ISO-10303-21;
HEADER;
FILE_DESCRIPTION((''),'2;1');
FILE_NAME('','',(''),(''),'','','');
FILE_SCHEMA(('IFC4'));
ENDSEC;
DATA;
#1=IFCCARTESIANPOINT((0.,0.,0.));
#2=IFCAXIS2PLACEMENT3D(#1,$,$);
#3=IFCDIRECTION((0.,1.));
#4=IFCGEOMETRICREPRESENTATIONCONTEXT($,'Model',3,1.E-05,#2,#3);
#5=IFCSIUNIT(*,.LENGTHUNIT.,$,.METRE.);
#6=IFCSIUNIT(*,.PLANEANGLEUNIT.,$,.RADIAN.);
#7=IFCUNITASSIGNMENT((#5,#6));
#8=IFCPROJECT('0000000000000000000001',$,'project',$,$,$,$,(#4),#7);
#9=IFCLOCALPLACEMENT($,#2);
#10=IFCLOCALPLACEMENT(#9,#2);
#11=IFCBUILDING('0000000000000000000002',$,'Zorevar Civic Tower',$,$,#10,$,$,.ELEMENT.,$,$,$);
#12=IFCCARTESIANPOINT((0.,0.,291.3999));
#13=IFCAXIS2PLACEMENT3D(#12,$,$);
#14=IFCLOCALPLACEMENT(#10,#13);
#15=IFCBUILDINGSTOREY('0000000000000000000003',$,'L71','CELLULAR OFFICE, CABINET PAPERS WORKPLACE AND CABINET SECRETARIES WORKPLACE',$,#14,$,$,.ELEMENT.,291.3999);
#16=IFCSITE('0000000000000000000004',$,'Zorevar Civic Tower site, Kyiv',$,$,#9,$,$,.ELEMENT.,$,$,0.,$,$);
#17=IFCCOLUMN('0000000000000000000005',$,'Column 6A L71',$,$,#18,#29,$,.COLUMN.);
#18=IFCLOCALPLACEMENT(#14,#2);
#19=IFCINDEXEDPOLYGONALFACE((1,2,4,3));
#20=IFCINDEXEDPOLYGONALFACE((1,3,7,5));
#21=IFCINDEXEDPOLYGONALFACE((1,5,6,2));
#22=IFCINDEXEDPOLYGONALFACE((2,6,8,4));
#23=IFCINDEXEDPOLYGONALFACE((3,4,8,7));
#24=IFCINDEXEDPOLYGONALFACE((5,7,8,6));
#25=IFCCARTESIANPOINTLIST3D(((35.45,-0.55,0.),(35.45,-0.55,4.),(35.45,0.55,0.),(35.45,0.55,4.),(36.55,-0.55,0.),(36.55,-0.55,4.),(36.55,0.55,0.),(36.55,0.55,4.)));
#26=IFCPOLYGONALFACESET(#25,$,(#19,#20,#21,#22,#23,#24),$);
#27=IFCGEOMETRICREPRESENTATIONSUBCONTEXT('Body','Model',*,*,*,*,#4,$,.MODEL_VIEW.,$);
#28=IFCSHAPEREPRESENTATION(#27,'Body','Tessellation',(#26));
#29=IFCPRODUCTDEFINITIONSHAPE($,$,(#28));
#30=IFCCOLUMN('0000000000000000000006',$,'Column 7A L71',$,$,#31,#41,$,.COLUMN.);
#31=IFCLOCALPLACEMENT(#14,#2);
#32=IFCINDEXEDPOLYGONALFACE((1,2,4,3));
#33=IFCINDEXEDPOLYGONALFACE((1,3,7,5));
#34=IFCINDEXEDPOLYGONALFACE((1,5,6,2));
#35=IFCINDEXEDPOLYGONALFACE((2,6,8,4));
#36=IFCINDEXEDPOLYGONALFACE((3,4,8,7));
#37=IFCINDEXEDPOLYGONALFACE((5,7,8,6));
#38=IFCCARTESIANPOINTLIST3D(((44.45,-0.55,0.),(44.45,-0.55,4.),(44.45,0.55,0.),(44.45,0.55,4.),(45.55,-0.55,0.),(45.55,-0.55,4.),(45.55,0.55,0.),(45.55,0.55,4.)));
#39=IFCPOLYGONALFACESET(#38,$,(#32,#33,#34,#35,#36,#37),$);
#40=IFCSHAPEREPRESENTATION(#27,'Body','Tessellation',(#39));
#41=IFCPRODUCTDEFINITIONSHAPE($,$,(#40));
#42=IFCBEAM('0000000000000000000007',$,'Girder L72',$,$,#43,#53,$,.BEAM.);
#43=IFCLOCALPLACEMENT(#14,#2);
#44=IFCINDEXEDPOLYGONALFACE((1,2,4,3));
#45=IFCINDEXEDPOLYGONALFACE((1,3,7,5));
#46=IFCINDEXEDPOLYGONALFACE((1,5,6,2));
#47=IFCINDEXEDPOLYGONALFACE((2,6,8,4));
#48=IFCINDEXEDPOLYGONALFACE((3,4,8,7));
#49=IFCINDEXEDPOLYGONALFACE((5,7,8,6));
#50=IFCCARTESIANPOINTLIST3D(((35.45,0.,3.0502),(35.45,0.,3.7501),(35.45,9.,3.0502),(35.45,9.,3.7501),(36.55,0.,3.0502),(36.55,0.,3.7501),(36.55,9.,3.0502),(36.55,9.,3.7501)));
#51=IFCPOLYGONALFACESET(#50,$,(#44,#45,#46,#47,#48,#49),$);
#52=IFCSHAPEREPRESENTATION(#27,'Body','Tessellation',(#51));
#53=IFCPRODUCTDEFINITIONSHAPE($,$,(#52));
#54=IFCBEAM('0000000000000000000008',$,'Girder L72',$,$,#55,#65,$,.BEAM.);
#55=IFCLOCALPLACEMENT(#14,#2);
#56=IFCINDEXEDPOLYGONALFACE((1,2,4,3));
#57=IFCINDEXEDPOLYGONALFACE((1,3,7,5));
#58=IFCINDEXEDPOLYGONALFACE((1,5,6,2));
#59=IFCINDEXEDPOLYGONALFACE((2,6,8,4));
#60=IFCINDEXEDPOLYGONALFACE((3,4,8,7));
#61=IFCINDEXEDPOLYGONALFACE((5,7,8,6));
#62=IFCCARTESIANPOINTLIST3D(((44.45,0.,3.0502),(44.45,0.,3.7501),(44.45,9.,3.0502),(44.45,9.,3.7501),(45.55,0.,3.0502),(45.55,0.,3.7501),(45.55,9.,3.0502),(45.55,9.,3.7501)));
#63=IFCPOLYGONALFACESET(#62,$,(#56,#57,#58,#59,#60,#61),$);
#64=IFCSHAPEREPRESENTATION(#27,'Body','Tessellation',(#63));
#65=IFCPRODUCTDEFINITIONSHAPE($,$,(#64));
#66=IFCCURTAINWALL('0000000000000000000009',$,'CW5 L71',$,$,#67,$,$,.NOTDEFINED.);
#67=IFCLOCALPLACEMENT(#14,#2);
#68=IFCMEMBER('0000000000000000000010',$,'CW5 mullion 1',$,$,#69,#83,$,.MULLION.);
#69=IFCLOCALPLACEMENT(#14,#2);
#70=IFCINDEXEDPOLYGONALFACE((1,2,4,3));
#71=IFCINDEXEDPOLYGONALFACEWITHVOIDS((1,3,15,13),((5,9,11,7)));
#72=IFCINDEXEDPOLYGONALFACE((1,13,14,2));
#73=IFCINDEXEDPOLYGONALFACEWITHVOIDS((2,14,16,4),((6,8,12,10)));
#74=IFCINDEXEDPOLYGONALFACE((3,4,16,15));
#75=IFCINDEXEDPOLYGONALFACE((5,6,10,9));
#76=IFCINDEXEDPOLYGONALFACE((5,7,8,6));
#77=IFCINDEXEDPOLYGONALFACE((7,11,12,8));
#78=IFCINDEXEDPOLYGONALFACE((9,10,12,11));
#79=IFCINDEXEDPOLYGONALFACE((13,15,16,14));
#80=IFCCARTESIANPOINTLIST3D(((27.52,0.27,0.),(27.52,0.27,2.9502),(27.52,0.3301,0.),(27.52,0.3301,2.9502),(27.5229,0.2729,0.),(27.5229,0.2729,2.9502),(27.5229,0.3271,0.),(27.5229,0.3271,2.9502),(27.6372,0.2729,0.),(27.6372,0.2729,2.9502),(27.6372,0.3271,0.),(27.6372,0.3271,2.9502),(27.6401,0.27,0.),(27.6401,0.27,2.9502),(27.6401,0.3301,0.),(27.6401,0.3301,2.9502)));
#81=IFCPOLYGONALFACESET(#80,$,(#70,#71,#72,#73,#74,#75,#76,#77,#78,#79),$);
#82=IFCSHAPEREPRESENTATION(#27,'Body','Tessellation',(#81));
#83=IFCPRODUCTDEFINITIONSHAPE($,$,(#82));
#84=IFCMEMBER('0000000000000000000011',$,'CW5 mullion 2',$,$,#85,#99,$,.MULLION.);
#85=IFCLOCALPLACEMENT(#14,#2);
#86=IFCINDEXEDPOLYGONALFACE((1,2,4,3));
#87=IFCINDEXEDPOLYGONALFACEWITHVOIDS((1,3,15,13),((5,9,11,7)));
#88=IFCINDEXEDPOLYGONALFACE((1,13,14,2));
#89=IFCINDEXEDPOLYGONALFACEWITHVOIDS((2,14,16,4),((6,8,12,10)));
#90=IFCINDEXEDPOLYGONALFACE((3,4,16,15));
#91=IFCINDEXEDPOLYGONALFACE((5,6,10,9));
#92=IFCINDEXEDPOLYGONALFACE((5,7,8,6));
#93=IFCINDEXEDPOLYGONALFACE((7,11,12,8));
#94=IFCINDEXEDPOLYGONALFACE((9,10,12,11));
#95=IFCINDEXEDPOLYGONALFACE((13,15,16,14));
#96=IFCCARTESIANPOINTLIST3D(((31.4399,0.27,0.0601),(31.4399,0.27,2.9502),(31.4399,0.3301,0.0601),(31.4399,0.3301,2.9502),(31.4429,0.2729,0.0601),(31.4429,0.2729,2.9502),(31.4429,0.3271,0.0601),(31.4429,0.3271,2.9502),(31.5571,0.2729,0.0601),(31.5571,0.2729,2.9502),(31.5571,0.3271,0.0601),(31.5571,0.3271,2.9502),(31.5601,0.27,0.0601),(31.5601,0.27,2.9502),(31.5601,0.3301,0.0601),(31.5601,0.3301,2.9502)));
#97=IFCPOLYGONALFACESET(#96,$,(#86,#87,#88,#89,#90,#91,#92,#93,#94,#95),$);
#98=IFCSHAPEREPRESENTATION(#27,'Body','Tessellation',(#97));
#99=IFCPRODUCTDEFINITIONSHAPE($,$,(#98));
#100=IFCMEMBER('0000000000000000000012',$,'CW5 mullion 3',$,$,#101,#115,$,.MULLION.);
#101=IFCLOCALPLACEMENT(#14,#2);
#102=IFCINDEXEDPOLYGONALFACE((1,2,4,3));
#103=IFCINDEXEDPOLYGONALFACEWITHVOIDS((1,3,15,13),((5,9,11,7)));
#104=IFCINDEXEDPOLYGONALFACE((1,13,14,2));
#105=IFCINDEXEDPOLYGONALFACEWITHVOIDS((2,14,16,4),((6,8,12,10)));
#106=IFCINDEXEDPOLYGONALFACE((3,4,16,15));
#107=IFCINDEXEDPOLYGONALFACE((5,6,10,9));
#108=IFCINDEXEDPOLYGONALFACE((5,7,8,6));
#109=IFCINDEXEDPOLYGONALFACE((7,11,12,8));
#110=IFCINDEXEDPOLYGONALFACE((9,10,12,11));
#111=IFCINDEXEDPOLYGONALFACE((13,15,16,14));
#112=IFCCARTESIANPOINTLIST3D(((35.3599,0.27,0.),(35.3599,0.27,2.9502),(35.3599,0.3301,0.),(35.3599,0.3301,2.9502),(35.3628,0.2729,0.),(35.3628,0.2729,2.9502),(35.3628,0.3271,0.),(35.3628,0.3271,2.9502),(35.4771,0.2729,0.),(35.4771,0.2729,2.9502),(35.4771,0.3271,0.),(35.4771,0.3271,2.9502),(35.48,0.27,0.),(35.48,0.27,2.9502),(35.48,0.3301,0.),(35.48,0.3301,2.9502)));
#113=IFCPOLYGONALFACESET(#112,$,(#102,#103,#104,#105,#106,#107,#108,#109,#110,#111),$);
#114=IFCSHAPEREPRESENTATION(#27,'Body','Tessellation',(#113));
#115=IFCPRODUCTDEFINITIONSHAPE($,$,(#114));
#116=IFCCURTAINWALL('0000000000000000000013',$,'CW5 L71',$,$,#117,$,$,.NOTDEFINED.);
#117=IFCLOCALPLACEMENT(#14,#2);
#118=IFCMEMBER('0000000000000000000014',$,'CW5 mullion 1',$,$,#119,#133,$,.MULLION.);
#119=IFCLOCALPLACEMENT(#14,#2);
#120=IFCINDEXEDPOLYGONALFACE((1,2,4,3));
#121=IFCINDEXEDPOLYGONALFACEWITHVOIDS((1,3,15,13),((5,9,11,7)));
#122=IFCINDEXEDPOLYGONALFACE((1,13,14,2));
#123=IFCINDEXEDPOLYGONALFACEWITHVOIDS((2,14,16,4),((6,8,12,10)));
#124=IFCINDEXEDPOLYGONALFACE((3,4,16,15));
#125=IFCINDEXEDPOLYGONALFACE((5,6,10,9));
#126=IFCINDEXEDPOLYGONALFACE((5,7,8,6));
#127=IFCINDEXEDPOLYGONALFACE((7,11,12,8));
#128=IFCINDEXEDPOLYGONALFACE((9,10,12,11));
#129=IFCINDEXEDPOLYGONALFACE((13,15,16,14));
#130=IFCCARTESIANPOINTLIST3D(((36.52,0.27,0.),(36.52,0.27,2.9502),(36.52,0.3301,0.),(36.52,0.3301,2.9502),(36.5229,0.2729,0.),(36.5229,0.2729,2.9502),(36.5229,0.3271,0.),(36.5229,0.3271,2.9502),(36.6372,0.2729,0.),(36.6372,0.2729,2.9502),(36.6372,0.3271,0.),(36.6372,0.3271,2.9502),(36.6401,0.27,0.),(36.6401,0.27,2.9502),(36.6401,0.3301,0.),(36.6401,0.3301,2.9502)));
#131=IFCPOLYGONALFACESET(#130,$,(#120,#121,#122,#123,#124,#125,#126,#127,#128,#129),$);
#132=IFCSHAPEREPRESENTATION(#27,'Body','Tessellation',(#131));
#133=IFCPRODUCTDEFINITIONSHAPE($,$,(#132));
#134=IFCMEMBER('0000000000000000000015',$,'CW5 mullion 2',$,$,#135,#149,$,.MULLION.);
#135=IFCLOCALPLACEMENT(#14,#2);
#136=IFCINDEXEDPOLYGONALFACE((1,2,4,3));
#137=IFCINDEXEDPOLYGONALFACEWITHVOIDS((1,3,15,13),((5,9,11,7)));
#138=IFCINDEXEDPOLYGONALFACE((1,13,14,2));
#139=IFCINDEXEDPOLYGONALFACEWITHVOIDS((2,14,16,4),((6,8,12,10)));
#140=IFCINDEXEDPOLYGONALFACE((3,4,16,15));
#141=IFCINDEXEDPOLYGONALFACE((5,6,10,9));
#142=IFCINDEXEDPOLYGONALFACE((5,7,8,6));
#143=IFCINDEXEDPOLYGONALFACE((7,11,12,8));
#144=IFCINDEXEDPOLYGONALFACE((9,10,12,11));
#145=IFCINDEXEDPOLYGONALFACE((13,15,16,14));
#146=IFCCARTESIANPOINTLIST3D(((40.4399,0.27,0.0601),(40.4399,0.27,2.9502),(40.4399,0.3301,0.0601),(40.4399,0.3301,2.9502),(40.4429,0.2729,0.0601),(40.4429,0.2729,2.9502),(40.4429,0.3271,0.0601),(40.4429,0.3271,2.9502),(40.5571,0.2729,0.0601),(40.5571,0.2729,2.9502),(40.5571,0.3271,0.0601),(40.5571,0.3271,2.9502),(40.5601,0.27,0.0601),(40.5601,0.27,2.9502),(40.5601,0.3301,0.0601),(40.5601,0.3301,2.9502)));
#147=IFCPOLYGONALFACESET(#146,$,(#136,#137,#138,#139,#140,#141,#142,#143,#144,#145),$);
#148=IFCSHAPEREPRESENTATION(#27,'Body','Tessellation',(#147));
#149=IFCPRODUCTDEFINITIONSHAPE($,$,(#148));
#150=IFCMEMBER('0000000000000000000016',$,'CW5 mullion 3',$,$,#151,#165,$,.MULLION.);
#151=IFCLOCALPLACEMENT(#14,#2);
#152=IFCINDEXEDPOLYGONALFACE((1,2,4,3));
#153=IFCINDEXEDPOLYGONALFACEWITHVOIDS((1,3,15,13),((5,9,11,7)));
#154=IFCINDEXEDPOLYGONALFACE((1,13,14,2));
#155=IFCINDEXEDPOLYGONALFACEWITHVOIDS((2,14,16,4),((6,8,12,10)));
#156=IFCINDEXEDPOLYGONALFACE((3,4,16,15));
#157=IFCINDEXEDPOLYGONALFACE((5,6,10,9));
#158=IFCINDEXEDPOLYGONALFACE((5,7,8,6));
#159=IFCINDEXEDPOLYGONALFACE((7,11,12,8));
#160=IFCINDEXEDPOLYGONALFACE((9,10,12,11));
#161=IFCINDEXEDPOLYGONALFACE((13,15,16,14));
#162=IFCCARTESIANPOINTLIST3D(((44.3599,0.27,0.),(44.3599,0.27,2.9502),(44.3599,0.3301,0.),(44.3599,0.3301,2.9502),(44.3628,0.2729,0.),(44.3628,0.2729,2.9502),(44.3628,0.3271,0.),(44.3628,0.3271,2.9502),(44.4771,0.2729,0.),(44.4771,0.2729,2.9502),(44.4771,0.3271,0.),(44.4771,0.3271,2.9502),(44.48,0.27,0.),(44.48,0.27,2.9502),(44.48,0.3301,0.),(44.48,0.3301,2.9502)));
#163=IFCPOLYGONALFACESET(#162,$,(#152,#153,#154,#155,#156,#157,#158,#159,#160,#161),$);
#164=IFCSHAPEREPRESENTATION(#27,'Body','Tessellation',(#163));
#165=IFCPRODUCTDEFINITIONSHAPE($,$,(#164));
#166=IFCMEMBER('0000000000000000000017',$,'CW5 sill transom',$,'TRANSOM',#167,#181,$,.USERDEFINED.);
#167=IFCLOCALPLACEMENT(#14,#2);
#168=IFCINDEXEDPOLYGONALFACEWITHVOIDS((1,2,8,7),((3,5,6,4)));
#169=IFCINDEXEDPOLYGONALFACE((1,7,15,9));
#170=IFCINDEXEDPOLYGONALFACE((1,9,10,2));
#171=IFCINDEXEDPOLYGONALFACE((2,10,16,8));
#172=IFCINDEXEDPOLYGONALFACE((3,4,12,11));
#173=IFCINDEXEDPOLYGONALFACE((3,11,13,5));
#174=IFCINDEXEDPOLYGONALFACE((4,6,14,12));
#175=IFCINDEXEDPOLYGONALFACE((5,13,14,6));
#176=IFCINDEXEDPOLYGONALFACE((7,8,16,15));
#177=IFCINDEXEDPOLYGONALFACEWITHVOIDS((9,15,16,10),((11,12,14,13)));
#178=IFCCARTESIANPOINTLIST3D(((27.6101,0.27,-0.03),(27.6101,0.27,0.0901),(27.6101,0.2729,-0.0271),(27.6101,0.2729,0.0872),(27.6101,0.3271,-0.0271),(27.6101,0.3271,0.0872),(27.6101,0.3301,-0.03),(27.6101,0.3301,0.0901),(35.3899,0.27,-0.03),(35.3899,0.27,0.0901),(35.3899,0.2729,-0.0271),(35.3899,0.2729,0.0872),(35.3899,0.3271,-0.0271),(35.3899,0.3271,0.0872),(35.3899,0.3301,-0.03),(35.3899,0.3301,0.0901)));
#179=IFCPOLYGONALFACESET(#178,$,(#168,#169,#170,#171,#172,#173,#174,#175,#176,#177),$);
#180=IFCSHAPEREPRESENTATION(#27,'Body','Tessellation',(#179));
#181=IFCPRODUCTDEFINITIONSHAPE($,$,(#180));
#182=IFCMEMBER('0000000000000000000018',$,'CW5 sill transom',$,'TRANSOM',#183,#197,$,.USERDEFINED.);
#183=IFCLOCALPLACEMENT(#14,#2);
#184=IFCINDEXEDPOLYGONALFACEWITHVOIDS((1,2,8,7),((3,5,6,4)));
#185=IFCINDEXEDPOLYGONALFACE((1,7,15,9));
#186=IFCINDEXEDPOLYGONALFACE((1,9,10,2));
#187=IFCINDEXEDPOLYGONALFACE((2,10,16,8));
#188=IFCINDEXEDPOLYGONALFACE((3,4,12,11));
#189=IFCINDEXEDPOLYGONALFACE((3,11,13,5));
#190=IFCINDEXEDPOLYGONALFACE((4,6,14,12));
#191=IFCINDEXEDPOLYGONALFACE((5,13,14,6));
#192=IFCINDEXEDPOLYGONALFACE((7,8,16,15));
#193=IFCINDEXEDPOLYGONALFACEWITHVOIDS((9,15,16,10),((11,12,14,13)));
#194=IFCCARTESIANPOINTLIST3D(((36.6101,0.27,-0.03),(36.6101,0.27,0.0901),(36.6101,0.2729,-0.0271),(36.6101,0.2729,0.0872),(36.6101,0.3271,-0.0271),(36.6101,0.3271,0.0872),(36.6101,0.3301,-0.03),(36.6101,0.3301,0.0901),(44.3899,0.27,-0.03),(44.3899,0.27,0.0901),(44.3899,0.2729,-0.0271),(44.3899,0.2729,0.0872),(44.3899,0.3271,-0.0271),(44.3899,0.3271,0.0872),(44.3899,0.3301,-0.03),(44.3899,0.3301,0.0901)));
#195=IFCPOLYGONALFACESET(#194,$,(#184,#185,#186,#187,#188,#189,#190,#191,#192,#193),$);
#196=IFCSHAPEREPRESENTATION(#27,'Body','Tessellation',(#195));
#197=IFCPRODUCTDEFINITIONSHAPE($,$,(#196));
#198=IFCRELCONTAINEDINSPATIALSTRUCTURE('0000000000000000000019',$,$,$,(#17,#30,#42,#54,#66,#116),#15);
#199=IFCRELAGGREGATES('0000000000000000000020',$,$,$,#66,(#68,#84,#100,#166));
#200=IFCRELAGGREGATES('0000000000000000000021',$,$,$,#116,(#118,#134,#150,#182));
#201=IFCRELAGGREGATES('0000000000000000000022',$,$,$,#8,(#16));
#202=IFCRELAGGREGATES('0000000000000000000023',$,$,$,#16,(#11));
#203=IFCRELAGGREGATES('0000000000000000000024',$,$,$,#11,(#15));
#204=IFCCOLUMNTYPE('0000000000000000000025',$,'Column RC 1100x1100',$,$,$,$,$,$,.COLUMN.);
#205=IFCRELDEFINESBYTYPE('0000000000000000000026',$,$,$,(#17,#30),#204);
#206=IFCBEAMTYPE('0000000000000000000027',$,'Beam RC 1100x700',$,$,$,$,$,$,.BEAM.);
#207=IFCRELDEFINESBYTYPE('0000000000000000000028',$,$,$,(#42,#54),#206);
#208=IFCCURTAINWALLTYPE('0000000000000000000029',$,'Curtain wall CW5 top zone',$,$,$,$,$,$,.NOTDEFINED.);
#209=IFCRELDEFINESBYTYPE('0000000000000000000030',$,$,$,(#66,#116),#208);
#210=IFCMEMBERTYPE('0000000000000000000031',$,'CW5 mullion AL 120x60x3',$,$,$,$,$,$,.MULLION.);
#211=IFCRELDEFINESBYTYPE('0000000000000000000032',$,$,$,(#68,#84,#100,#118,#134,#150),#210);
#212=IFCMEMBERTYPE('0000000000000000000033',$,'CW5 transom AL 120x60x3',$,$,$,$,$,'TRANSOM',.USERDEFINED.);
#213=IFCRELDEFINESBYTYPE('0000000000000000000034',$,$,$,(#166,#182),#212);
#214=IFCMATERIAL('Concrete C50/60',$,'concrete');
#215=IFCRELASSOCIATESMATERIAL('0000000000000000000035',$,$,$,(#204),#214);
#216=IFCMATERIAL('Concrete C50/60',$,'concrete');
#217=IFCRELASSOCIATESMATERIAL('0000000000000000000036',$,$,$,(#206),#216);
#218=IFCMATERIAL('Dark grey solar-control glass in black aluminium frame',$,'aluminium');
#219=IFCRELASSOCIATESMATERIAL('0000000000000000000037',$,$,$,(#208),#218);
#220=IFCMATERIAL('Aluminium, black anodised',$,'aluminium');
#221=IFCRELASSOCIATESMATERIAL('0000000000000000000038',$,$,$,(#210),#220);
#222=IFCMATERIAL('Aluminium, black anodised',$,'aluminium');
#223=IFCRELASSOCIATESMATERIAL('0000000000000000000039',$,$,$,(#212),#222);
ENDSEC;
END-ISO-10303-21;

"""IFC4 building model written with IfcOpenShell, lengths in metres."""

from ifc_helpers import new_model, si_unit, direction, frame, origin, origin_2d, place, context, subcontext, project, spatial, rectangle, hollow_rectangle, extrude, material, material_profile, profile_set, type_object, element, aggregate, save


model = new_model("IFC4")

# Units and contexts
model_context = context("Model", 3, precision=1e-05, world=origin(), true_north=direction((0.0, 1.0)))
body_context = subcontext(model_context, "Body", "Model", "MODEL_VIEW")
ifc_project = project(units=[si_unit("LENGTHUNIT", "METRE"), si_unit("PLANEANGLEUNIT", "RADIAN")], contexts=[model_context])

# Site, building, storey
site_placement = place(None, origin())
site = spatial("IfcSite", under=ifc_project, at=site_placement, Name="Zorevar Civic Tower site, Kyiv", CompositionType="ELEMENT", RefElevation=0.0)
building_placement = place(site_placement, origin())
building = spatial("IfcBuilding", under=site, at=building_placement, Name="Zorevar Civic Tower", CompositionType="ELEMENT")
storey_placement = place(building_placement, frame((0.0, 0.0, 291.3999)))
storey = spatial("IfcBuildingStorey", under=building, at=storey_placement, Name="L71", Description="CELLULAR OFFICE, CABINET PAPERS WORKPLACE AND CABINET SECRETARIES WORKPLACE", CompositionType="ELEMENT", Elevation=291.3999)

# Columns
ifc_material_1 = material(Name="Concrete C50/60", Category="concrete")
ifc_material_profile_1 = material_profile(ifc_material_1, rectangle(XDim=1.1001, YDim=1.1001, at=origin_2d()), Name="RC 1100x1100")
ifc_profile_set_1 = profile_set([ifc_material_profile_1], Name="Concrete C50/60")
column_type = type_object("IfcColumnType", Name="Column RC 1100x1100", PredefinedType="COLUMN", material=ifc_profile_set_1)
for number, where, z_axis, x_axis, name in (
    (1, (36.0, 0.0, 0.0), (0.0, 0.0, 1.0), (1.0, 0.0, 0.0), "Column 6A L71"),
    (2, (45.0, 0.0, 0.0), (0.0, 0.0, 1.0), (1.0, 0.0, 0.0), "Column 7A L71"),
):
    element("IfcColumn", number, at=place(storey_placement, frame(where, z_axis=z_axis, x_axis=x_axis)), inside=storey, type_object=column_type, Name=name, PredefinedType="COLUMN", context=body_context, shape_type="SweptSolid", body=[
        extrude(rectangle(XDim=1.1001, YDim=1.1001, at=origin_2d()), origin(), (0.0, 0.0, 1.0), 4.0),
    ])

# Beams
ifc_material_2 = material(Name="Concrete C50/60", Category="concrete")
ifc_material_profile_2 = material_profile(ifc_material_2, rectangle(XDim=1.1001, YDim=0.7, at=origin_2d()), Name="RC 1100x700")
ifc_profile_set_2 = profile_set([ifc_material_profile_2], Name="Concrete C50/60")
beam_type_1 = type_object("IfcBeamType", Name="Beam RC 1100x700", PredefinedType="BEAM", material=ifc_profile_set_2)
for number, where, z_axis, x_axis, name in (
    (3, (36.0, 0.0, 3.4001), (0.0, 1.0, 0.0), (-1.0, 0.0, 0.0), "Girder L72"),
    (4, (45.0, 0.0, 3.4001), (0.0, 1.0, 0.0), (-1.0, 0.0, 0.0), "Girder L72"),
):
    element("IfcBeam", number, at=place(storey_placement, frame(where, z_axis=z_axis, x_axis=x_axis)), inside=storey, type_object=beam_type_1, Name=name, PredefinedType="BEAM", context=body_context, shape_type="SweptSolid", body=[
        extrude(rectangle(XDim=1.1001, YDim=0.7, at=origin_2d()), origin(), (0.0, 0.0, 1.0), 9.0),
    ])

# Curtain walls, members
ifc_material_3 = material(Name="Dark grey solar-control glass in black aluminium frame", Category="aluminium")
curtain_wall_type = type_object("IfcCurtainWallType", Name="Curtain wall CW5 top zone", PredefinedType="NOTDEFINED", material=ifc_material_3)
curtain_wall_1_placement = place(storey_placement, origin())
curtain_wall_1 = element("IfcCurtainWall", 5, at=curtain_wall_1_placement, inside=storey, type_object=curtain_wall_type, Name="CW5 L71", PredefinedType="NOTDEFINED")
ifc_material_4 = material(Name="Aluminium, black anodised", Category="aluminium")
ifc_material_profile_3 = material_profile(ifc_material_4, hollow_rectangle(XDim=0.0601, YDim=0.1201, WallThickness=0.0029, at=origin_2d()), Name="AL 120x60x3")
ifc_profile_set_3 = profile_set([ifc_material_profile_3], Name="Aluminium, black anodised")
member_type_1 = type_object("IfcMemberType", Name="CW5 mullion AL 120x60x3", PredefinedType="MULLION", material=ifc_profile_set_3)
member_1_placement = place(storey_placement, frame((27.5801, 0.3, 0.0), z_axis=(0.0, 0.0, 1.0), x_axis=(0.0, 1.0, 0.0)))
member_1 = element("IfcMember", 6, at=member_1_placement, type_object=member_type_1, Name="CW5 mullion 1", PredefinedType="MULLION", context=body_context, shape_type="SweptSolid", body=[
    extrude(hollow_rectangle(XDim=0.0601, YDim=0.1201, WallThickness=0.0029, at=origin_2d()), origin(), (0.0, 0.0, 1.0), 2.9502),
])
member_2_placement = place(storey_placement, frame((31.5, 0.3, 0.0601), z_axis=(0.0, 0.0, 1.0), x_axis=(0.0, 1.0, 0.0)))
member_2 = element("IfcMember", 7, at=member_2_placement, type_object=member_type_1, Name="CW5 mullion 2", PredefinedType="MULLION", context=body_context, shape_type="SweptSolid", body=[
    extrude(hollow_rectangle(XDim=0.0601, YDim=0.1201, WallThickness=0.0029, at=origin_2d()), origin(), (0.0, 0.0, 1.0), 2.8901),
])
member_3_placement = place(storey_placement, frame((35.4199, 0.3, 0.0), z_axis=(0.0, 0.0, 1.0), x_axis=(0.0, 1.0, 0.0)))
member_3 = element("IfcMember", 8, at=member_3_placement, type_object=member_type_1, Name="CW5 mullion 3", PredefinedType="MULLION", context=body_context, shape_type="SweptSolid", body=[
    extrude(hollow_rectangle(XDim=0.0601, YDim=0.1201, WallThickness=0.0029, at=origin_2d()), origin(), (0.0, 0.0, 1.0), 2.9502),
])
curtain_wall_2_placement = place(storey_placement, origin())
curtain_wall_2 = element("IfcCurtainWall", 9, at=curtain_wall_2_placement, inside=storey, type_object=curtain_wall_type, Name="CW5 L71", PredefinedType="NOTDEFINED")
member_4_placement = place(storey_placement, frame((36.5801, 0.3, 0.0), z_axis=(0.0, 0.0, 1.0), x_axis=(0.0, 1.0, 0.0)))
member_4 = element("IfcMember", 10, at=member_4_placement, type_object=member_type_1, Name="CW5 mullion 1", PredefinedType="MULLION", context=body_context, shape_type="SweptSolid", body=[
    extrude(hollow_rectangle(XDim=0.0601, YDim=0.1201, WallThickness=0.0029, at=origin_2d()), origin(), (0.0, 0.0, 1.0), 2.9502),
])
member_5_placement = place(storey_placement, frame((40.5, 0.3, 0.0601), z_axis=(0.0, 0.0, 1.0), x_axis=(0.0, 1.0, 0.0)))
member_5 = element("IfcMember", 11, at=member_5_placement, type_object=member_type_1, Name="CW5 mullion 2", PredefinedType="MULLION", context=body_context, shape_type="SweptSolid", body=[
    extrude(hollow_rectangle(XDim=0.0601, YDim=0.1201, WallThickness=0.0029, at=origin_2d()), origin(), (0.0, 0.0, 1.0), 2.8901),
])
member_6_placement = place(storey_placement, frame((44.4199, 0.3, 0.0), z_axis=(0.0, 0.0, 1.0), x_axis=(0.0, 1.0, 0.0)))
member_6 = element("IfcMember", 12, at=member_6_placement, type_object=member_type_1, Name="CW5 mullion 3", PredefinedType="MULLION", context=body_context, shape_type="SweptSolid", body=[
    extrude(hollow_rectangle(XDim=0.0601, YDim=0.1201, WallThickness=0.0029, at=origin_2d()), origin(), (0.0, 0.0, 1.0), 2.9502),
])

# Members
ifc_material_5 = material(Name="Aluminium, black anodised", Category="aluminium")
ifc_material_profile_4 = material_profile(ifc_material_5, hollow_rectangle(XDim=0.0601, YDim=0.1201, WallThickness=0.0029, at=origin_2d()), Name="AL 120x60x3")
ifc_profile_set_4 = profile_set([ifc_material_profile_4], Name="Aluminium, black anodised")
member_type_2 = type_object("IfcMemberType", Name="CW5 transom AL 120x60x3", ElementType="TRANSOM", PredefinedType="USERDEFINED", material=ifc_profile_set_4)
member_7_placement = place(storey_placement, frame((27.6101, 0.3, 0.03), z_axis=(1.0, 0.0, 0.0), x_axis=(0.0, 1.0, 0.0)))
member_7 = element("IfcMember", 13, at=member_7_placement, type_object=member_type_2, Name="CW5 sill transom", ObjectType="TRANSOM", PredefinedType="USERDEFINED", context=body_context, shape_type="SweptSolid", body=[
    extrude(hollow_rectangle(XDim=0.0601, YDim=0.1201, WallThickness=0.0029, at=origin_2d()), origin(), (0.0, 0.0, 1.0), 7.7798),
])
member_8_placement = place(storey_placement, frame((36.6101, 0.3, 0.03), z_axis=(1.0, 0.0, 0.0), x_axis=(0.0, 1.0, 0.0)))
member_8 = element("IfcMember", 14, at=member_8_placement, type_object=member_type_2, Name="CW5 sill transom", ObjectType="TRANSOM", PredefinedType="USERDEFINED", context=body_context, shape_type="SweptSolid", body=[
    extrude(hollow_rectangle(XDim=0.0601, YDim=0.1201, WallThickness=0.0029, at=origin_2d()), origin(), (0.0, 0.0, 1.0), 7.7798),
])

aggregate(curtain_wall_1, [member_1, member_2, member_3, member_7])
aggregate(curtain_wall_2, [member_4, member_5, member_6, member_8])

save(model, "model.ifc")
